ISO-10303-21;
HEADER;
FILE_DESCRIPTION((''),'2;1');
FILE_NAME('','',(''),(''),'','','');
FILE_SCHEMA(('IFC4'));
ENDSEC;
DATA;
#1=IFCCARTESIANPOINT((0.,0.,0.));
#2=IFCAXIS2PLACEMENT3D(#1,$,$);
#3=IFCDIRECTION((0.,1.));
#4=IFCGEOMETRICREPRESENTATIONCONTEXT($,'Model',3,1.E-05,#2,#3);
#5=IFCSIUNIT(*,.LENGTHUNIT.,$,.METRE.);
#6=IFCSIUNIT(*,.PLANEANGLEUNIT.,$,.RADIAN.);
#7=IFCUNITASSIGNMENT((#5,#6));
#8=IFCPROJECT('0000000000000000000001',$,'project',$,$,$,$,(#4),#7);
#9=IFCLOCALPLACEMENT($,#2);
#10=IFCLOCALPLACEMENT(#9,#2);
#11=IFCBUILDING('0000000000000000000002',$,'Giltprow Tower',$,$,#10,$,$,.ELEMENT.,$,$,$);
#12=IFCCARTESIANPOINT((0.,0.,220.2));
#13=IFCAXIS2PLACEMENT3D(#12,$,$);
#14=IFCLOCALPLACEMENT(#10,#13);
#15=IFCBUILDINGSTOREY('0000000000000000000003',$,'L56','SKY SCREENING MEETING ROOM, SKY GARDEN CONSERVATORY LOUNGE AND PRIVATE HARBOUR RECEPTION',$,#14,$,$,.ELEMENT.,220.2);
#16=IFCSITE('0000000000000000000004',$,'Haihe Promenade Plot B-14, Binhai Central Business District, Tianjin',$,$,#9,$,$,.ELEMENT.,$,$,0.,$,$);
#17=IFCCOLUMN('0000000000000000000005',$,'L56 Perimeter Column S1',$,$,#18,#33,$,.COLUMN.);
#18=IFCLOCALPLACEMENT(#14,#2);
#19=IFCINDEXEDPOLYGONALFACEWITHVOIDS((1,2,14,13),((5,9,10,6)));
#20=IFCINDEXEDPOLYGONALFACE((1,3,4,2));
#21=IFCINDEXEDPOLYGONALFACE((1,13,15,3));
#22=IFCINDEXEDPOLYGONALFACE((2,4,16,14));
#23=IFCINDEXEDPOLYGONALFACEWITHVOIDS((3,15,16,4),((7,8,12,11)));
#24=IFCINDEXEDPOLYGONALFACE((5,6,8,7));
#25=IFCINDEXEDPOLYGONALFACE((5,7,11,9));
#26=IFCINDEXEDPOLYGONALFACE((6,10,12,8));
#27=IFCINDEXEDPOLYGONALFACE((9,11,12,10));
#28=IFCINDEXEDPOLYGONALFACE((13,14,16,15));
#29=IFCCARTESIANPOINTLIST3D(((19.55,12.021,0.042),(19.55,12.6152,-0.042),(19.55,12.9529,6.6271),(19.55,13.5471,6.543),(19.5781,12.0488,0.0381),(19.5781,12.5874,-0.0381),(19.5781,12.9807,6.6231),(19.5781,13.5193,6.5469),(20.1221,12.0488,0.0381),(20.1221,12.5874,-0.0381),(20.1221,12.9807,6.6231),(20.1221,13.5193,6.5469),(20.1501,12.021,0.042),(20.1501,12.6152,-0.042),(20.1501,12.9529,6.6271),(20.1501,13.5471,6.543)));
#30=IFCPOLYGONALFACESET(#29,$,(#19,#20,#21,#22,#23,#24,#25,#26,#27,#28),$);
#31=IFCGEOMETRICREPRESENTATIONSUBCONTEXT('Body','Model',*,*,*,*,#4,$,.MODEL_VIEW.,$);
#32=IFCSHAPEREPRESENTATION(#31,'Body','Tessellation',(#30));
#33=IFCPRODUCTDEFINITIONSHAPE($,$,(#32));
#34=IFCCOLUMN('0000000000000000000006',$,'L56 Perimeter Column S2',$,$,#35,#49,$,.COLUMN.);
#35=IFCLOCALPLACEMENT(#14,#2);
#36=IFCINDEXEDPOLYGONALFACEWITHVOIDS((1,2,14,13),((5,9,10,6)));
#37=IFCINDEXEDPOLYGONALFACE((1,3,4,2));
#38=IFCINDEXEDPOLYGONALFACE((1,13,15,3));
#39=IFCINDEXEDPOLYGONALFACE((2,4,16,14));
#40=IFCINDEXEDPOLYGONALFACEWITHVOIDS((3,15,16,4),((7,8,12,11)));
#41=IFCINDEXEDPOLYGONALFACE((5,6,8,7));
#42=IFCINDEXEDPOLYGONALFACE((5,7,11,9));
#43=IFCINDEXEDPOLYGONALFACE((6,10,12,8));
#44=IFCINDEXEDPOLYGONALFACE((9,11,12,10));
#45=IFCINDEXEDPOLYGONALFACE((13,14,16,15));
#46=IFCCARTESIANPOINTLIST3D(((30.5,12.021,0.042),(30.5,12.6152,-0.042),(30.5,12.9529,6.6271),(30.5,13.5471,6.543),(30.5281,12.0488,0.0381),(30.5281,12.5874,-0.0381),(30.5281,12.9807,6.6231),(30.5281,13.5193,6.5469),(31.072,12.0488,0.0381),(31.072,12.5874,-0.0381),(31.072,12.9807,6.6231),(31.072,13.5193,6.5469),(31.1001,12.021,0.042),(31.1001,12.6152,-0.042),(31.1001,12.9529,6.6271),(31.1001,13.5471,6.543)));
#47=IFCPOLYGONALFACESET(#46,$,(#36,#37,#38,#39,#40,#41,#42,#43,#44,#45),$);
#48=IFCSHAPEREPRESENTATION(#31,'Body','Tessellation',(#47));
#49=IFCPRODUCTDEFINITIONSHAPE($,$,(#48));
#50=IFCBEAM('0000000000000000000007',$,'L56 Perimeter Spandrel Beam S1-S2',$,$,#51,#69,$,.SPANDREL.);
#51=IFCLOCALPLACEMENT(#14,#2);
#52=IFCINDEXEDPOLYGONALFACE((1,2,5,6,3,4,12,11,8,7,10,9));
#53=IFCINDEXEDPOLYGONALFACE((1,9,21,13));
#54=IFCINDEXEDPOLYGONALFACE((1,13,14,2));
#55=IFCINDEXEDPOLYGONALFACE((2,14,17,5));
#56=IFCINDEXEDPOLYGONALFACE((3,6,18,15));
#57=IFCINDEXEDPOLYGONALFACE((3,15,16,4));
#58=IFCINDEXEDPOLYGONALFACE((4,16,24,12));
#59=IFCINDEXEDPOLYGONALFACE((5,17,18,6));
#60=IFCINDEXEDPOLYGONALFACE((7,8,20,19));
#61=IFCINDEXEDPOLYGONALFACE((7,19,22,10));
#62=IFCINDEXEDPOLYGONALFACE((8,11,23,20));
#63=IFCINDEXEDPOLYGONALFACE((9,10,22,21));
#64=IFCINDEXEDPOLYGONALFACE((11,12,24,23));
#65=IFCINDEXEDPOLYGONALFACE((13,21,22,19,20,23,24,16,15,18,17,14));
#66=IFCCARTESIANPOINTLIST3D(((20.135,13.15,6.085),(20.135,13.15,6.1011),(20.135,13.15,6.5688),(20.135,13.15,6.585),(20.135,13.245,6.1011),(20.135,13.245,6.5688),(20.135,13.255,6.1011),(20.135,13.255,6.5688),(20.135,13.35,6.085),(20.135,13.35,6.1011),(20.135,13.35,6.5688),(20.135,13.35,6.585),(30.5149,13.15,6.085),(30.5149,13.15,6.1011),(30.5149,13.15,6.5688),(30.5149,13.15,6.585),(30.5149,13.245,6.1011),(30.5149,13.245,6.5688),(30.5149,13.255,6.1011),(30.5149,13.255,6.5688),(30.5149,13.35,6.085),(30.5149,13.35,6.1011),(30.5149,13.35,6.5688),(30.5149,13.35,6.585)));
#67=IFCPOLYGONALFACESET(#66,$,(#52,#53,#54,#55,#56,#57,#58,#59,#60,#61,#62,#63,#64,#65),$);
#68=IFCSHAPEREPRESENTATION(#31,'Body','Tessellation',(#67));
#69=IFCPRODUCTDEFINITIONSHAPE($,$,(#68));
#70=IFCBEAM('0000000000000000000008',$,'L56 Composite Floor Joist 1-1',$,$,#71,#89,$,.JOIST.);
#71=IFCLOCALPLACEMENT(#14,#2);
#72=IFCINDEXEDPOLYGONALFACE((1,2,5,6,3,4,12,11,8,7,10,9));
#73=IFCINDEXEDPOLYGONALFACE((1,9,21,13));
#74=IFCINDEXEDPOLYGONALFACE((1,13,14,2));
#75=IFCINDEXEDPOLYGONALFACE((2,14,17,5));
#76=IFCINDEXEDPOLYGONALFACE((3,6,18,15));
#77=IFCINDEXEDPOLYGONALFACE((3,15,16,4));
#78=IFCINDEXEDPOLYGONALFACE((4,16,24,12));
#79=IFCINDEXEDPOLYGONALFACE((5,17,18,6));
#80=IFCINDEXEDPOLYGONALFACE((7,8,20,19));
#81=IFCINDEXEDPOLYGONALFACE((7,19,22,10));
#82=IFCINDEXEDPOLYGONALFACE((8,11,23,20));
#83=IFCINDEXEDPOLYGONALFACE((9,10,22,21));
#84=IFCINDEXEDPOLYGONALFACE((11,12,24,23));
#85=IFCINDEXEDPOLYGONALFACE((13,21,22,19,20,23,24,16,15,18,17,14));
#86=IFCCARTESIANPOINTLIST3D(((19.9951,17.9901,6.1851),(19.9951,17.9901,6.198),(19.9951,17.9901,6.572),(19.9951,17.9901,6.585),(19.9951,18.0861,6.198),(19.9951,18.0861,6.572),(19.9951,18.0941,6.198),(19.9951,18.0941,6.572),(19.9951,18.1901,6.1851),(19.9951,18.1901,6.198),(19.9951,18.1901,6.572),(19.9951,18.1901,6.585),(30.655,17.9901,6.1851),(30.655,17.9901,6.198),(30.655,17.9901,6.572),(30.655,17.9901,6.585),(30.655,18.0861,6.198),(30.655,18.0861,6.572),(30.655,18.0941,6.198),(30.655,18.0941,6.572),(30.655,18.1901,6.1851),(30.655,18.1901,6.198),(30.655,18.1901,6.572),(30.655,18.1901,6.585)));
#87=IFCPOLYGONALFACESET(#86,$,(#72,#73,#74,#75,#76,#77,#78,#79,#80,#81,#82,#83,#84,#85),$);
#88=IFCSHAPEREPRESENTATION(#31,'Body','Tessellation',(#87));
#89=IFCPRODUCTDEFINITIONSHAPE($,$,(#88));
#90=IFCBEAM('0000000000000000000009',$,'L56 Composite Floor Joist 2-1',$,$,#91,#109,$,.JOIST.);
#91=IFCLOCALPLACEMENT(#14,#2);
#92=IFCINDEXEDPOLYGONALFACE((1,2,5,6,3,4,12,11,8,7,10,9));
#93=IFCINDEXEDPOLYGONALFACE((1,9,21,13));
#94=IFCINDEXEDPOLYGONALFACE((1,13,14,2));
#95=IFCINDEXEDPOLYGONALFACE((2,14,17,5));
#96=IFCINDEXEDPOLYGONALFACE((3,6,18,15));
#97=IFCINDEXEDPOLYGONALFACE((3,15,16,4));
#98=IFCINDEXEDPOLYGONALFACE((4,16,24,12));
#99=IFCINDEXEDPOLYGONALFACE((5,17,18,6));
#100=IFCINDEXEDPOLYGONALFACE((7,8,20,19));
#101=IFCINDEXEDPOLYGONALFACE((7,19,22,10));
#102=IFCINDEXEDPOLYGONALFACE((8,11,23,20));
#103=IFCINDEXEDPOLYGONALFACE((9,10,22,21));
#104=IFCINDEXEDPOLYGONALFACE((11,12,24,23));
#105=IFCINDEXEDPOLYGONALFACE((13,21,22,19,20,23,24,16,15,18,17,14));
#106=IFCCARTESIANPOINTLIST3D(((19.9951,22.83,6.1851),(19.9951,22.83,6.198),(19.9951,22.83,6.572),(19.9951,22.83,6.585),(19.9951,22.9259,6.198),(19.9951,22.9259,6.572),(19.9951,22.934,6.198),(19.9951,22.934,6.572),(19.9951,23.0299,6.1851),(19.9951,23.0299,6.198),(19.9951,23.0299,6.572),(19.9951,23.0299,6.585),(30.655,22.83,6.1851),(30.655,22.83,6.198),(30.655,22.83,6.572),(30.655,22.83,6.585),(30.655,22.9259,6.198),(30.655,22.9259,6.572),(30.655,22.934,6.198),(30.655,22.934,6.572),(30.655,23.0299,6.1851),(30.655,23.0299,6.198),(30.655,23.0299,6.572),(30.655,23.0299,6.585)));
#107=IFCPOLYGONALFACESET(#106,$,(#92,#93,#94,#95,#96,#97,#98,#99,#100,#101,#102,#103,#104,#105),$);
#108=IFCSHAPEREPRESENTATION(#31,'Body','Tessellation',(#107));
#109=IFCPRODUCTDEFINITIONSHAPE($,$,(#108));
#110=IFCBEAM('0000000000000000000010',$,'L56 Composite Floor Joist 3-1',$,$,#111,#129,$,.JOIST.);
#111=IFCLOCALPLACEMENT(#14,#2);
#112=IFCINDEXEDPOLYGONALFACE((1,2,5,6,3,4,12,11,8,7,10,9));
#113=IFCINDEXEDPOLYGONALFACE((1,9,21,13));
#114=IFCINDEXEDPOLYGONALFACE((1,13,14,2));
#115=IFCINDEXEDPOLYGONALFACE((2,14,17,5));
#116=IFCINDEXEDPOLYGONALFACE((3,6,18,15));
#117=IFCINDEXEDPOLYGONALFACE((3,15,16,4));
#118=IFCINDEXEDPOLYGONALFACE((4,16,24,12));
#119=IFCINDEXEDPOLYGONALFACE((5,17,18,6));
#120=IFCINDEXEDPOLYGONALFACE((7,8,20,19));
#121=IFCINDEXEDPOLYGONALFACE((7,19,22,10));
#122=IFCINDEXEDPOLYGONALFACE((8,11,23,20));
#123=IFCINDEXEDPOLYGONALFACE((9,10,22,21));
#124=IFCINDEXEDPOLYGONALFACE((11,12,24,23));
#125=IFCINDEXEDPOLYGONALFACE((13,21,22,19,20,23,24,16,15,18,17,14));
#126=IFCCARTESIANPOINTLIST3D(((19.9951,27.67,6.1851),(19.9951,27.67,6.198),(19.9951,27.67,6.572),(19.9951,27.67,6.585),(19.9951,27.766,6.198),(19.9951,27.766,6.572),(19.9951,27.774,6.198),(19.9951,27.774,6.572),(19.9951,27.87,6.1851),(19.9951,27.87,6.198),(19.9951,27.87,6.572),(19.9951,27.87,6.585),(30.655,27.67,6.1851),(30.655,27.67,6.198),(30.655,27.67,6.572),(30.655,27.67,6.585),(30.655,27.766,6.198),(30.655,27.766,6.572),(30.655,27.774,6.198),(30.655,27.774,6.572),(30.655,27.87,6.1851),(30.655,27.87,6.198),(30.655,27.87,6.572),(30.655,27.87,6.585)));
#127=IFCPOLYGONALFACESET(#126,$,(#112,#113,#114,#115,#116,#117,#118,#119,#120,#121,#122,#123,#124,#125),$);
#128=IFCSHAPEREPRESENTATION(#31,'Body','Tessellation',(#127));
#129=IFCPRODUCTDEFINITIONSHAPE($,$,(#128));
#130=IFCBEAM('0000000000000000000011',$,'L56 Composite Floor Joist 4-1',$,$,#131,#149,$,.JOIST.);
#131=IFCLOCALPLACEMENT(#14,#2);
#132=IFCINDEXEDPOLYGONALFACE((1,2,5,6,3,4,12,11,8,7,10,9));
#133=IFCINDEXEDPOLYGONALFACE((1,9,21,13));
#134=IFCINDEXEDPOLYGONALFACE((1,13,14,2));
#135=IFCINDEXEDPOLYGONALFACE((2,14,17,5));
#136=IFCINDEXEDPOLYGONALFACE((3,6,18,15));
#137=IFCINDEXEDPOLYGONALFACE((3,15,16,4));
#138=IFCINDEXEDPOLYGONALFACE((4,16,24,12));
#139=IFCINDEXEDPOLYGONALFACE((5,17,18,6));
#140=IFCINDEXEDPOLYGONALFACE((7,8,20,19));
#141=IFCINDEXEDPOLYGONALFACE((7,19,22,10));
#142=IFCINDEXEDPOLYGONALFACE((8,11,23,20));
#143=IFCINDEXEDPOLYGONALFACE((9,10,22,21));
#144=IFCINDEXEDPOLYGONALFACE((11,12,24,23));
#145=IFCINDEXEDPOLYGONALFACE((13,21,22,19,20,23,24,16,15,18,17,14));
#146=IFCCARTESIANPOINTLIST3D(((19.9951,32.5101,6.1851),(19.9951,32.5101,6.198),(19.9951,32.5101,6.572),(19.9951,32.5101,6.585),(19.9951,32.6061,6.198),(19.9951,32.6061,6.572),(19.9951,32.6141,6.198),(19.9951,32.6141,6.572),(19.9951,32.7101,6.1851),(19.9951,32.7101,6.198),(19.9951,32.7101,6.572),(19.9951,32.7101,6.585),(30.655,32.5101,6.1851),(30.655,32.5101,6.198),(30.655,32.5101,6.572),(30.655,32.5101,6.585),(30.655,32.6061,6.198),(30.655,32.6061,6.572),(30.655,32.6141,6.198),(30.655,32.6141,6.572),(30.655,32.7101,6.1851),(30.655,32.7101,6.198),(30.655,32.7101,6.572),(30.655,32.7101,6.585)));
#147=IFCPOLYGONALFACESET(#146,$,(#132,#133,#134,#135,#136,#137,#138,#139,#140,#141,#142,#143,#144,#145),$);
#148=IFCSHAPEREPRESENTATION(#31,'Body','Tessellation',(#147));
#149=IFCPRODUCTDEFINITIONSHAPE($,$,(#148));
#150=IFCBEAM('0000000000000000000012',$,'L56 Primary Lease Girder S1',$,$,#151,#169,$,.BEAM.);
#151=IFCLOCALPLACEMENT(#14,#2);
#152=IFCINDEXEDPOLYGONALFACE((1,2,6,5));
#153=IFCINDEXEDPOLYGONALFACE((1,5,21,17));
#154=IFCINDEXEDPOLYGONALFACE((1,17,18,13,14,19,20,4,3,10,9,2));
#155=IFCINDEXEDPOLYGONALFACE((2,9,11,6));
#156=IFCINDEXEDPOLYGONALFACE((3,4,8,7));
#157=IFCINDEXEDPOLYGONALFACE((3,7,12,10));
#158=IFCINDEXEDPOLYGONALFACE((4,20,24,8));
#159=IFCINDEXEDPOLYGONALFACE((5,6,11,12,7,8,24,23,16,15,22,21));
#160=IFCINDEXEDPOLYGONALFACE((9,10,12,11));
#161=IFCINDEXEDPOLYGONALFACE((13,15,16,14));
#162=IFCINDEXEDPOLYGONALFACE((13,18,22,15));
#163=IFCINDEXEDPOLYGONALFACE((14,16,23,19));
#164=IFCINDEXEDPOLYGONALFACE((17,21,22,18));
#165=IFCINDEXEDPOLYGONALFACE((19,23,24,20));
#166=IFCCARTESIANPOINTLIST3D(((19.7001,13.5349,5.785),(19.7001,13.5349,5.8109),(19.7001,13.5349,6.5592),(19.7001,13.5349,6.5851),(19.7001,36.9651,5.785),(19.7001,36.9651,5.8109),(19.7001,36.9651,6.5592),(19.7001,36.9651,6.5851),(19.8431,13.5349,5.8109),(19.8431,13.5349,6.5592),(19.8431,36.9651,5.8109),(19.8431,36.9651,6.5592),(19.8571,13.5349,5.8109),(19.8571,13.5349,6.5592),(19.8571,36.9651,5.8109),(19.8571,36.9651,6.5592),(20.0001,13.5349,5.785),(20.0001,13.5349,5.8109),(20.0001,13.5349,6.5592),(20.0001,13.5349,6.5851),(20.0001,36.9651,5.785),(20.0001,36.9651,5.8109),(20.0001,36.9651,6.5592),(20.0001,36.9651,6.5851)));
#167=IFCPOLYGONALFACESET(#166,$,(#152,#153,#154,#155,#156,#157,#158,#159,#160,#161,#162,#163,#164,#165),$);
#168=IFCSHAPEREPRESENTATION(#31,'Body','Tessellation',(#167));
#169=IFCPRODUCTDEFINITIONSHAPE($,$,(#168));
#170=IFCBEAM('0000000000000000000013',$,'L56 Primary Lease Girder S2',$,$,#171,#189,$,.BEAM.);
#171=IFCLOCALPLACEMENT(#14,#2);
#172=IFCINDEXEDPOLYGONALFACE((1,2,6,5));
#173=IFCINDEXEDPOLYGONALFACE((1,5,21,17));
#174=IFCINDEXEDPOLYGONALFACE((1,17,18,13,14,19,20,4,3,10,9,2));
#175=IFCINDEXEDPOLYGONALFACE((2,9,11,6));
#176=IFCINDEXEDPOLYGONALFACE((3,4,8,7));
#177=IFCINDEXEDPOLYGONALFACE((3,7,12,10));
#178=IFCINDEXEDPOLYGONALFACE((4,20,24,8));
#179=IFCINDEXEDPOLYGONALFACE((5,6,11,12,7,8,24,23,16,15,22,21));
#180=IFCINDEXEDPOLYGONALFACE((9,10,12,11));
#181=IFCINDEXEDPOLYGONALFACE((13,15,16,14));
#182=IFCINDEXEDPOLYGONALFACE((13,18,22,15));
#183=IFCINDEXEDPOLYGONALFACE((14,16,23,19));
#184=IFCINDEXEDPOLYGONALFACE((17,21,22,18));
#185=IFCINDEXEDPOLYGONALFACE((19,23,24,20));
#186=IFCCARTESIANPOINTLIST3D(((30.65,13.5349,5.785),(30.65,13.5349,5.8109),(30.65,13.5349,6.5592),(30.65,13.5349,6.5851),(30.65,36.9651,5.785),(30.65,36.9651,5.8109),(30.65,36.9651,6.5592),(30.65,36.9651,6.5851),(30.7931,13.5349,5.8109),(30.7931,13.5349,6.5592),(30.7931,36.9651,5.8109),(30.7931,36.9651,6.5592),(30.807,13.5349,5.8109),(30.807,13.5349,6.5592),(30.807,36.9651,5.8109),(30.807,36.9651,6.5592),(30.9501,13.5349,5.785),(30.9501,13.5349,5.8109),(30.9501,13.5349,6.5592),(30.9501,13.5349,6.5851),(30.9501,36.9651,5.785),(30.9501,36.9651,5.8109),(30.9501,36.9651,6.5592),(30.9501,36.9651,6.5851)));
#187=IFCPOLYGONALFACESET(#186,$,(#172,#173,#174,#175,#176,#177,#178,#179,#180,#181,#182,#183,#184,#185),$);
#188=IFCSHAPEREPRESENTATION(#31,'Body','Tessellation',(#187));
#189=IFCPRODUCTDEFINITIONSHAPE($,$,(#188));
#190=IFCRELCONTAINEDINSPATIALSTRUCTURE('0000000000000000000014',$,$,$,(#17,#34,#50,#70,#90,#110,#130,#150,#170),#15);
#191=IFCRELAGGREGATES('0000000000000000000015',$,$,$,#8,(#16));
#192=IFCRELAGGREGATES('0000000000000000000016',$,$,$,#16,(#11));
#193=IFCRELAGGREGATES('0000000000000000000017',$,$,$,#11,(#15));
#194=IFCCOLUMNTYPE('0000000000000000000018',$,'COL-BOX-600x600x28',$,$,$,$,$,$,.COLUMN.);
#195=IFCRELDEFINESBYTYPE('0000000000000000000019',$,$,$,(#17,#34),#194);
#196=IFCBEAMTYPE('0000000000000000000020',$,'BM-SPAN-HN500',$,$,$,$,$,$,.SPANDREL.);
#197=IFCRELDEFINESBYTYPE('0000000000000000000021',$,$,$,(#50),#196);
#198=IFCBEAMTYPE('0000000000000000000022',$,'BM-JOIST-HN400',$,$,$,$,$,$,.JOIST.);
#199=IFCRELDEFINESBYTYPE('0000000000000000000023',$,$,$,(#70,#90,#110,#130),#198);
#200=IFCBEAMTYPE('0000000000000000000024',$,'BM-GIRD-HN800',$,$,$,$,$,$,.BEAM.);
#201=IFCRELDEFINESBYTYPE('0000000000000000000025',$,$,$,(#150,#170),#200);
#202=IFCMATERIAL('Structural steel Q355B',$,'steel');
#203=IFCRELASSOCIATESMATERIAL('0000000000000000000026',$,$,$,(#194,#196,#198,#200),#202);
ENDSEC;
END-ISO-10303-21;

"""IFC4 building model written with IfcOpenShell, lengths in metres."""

from ifc_helpers import new_model, si_unit, direction, frame, origin, origin_2d, place, context, subcontext, project, spatial, hollow_rectangle, i_section, extrude, source, transform, mapped, material, material_profile, profile_set, type_object, element, save


model = new_model("IFC4")

# Units and contexts
model_context = context("Model", 3, precision=1e-05, world=origin(), true_north=direction((0.0, 1.0)))
body_context = subcontext(model_context, "Body", "Model", "MODEL_VIEW")
ifc_project = project(units=[si_unit("LENGTHUNIT", "METRE"), si_unit("PLANEANGLEUNIT", "RADIAN")], contexts=[model_context])

# Site, building, storey
site_placement = place(None, origin())
site = spatial("IfcSite", under=ifc_project, at=site_placement, Name="Haihe Promenade Plot B-14, Binhai Central Business District, Tianjin", CompositionType="ELEMENT", RefElevation=0.0)
building_placement = place(site_placement, origin())
building = spatial("IfcBuilding", under=site, at=building_placement, Name="Giltprow Tower", CompositionType="ELEMENT")
storey_placement = place(building_placement, frame((0.0, 0.0, 220.2)))
storey = spatial("IfcBuildingStorey", under=building, at=storey_placement, Name="L56", Description="SKY SCREENING MEETING ROOM, SKY GARDEN CONSERVATORY LOUNGE AND PRIVATE HARBOUR RECEPTION", CompositionType="ELEMENT", Elevation=220.2)

# Columns
ifc_material_1 = material(Name="Structural steel Q355B", Category="steel")
ifc_material_profile_1 = material_profile(ifc_material_1, hollow_rectangle(XDim=0.6001, YDim=0.6001, WallThickness=0.0281, at=origin_2d()), Name="BOX 600x600x28")
ifc_profile_set_1 = profile_set([ifc_material_profile_1], Name="Structural steel Q355B")
column_type = type_object("IfcColumnType", Name="COL-BOX-600x600x28", PredefinedType="COLUMN", material=ifc_profile_set_1)
shared_shape_1 = source(origin(), body_context, "Body", "SweptSolid", [
    extrude(hollow_rectangle(XDim=0.6001, YDim=0.6001, WallThickness=0.0281, at=origin_2d()), origin(), (0.0, 0.0, 1.0), 6.6506),
])
for number, where, z_axis, x_axis, name in (
    (1, (19.8501, 12.3181, 0.0), (0.0, 0.140121, 0.990134), (-1.0, 0.0, 0.0), "L56 Perimeter Column S1"),
    (2, (30.8, 12.3181, 0.0), (0.0, 0.140121, 0.990134), (-1.0, 0.0, 0.0), "L56 Perimeter Column S2"),
):
    element("IfcColumn", number, at=place(storey_placement, frame(where, z_axis=z_axis, x_axis=x_axis)), inside=storey, type_object=column_type, Name=name, PredefinedType="COLUMN", context=body_context, shape_type="MappedRepresentation", body=[
        mapped(shared_shape_1, transform((0.0, 0.0, 0.0), x_axis=(1.0, 0.0, 0.0), y_axis=(0.0, 1.0, 0.0), z_axis=(0.0, 0.0, 1.0), scale=1.0)),
    ])

# Beams
ifc_material_profile_2 = material_profile(ifc_material_1, i_section(OverallWidth=0.2, OverallDepth=0.5, WebThickness=0.01, FlangeThickness=0.0161, at=origin_2d()), Name="HN 500x200x10x16")
ifc_profile_set_2 = profile_set([ifc_material_profile_2], Name="Structural steel Q355B")
beam_type_1 = type_object("IfcBeamType", Name="BM-SPAN-HN500", PredefinedType="SPANDREL", material=ifc_profile_set_2)
shared_shape_2 = source(origin(), body_context, "Body", "SweptSolid", [
    extrude(i_section(OverallWidth=0.2, OverallDepth=0.5, WebThickness=0.01, FlangeThickness=0.0161, at=origin_2d()), origin(), (0.0, 0.0, 1.0), 10.3799),
])
beam_placement = place(storey_placement, frame((20.135, 13.25, 6.335), z_axis=(1.0, 0.0, 0.0), x_axis=(0.0, 1.0, 0.0)))
element("IfcBeam", 3, at=beam_placement, inside=storey, type_object=beam_type_1, Name="L56 Perimeter Spandrel Beam S1-S2", PredefinedType="SPANDREL", context=body_context, shape_type="MappedRepresentation", body=[
    mapped(shared_shape_2, transform((0.0, 0.0, 0.0), x_axis=(1.0, 0.0, 0.0), y_axis=(0.0, 1.0, 0.0), z_axis=(0.0, 0.0, 1.0), scale=1.0)),
])
ifc_material_profile_3 = material_profile(ifc_material_1, i_section(OverallWidth=0.2, OverallDepth=0.3999, WebThickness=0.0081, FlangeThickness=0.0129, at=origin_2d()), Name="HN 400x200x8x13")
ifc_profile_set_3 = profile_set([ifc_material_profile_3], Name="Structural steel Q355B")
beam_type_2 = type_object("IfcBeamType", Name="BM-JOIST-HN400", PredefinedType="JOIST", material=ifc_profile_set_3)
shared_shape_3 = source(origin(), body_context, "Body", "SweptSolid", [
    extrude(i_section(OverallWidth=0.2, OverallDepth=0.3999, WebThickness=0.0081, FlangeThickness=0.0129, at=origin_2d()), origin(), (0.0, 0.0, 1.0), 10.6599),
])
for number, where, z_axis, x_axis, name in (
    (4, (19.9951, 18.0901, 6.385), (1.0, 0.0, 0.0), (0.0, 1.0, 0.0), "L56 Composite Floor Joist 1-1"),
    (5, (19.9951, 22.9299, 6.385), (1.0, 0.0, 0.0), (0.0, 1.0, 0.0), "L56 Composite Floor Joist 2-1"),
    (6, (19.9951, 27.77, 6.385), (1.0, 0.0, 0.0), (0.0, 1.0, 0.0), "L56 Composite Floor Joist 3-1"),
    (7, (19.9951, 32.6101, 6.385), (1.0, 0.0, 0.0), (0.0, 1.0, 0.0), "L56 Composite Floor Joist 4-1"),
):
    element("IfcBeam", number, at=place(storey_placement, frame(where, z_axis=z_axis, x_axis=x_axis)), inside=storey, type_object=beam_type_2, Name=name, PredefinedType="JOIST", context=body_context, shape_type="MappedRepresentation", body=[
        mapped(shared_shape_3, transform((0.0, 0.0, 0.0), x_axis=(1.0, 0.0, 0.0), y_axis=(0.0, 1.0, 0.0), z_axis=(0.0, 0.0, 1.0), scale=1.0)),
    ])
ifc_material_profile_4 = material_profile(ifc_material_1, i_section(OverallWidth=0.3, OverallDepth=0.8, WebThickness=0.0139, FlangeThickness=0.0259, at=origin_2d()), Name="HN 800x300x14x26")
ifc_profile_set_4 = profile_set([ifc_material_profile_4], Name="Structural steel Q355B")
beam_type_3 = type_object("IfcBeamType", Name="BM-GIRD-HN800", PredefinedType="BEAM", material=ifc_profile_set_4)
shared_shape_4 = source(origin(), body_context, "Body", "SweptSolid", [
    extrude(i_section(OverallWidth=0.3, OverallDepth=0.8, WebThickness=0.0139, FlangeThickness=0.0259, at=origin_2d()), origin(), (0.0, 0.0, 1.0), 23.4302),
])
for number, where, z_axis, x_axis, name in (
    (8, (19.8501, 13.5349, 6.1851), (0.0, 1.0, 0.0), (-1.0, 0.0, 0.0), "L56 Primary Lease Girder S1"),
    (9, (30.8, 13.5349, 6.1851), (0.0, 1.0, 0.0), (-1.0, 0.0, 0.0), "L56 Primary Lease Girder S2"),
):
    element("IfcBeam", number, at=place(storey_placement, frame(where, z_axis=z_axis, x_axis=x_axis)), inside=storey, type_object=beam_type_3, Name=name, PredefinedType="BEAM", context=body_context, shape_type="MappedRepresentation", body=[
        mapped(shared_shape_4, transform((0.0, 0.0, 0.0), x_axis=(1.0, 0.0, 0.0), y_axis=(0.0, 1.0, 0.0), z_axis=(0.0, 0.0, 1.0), scale=1.0)),
    ])

save(model, "model.ifc")
